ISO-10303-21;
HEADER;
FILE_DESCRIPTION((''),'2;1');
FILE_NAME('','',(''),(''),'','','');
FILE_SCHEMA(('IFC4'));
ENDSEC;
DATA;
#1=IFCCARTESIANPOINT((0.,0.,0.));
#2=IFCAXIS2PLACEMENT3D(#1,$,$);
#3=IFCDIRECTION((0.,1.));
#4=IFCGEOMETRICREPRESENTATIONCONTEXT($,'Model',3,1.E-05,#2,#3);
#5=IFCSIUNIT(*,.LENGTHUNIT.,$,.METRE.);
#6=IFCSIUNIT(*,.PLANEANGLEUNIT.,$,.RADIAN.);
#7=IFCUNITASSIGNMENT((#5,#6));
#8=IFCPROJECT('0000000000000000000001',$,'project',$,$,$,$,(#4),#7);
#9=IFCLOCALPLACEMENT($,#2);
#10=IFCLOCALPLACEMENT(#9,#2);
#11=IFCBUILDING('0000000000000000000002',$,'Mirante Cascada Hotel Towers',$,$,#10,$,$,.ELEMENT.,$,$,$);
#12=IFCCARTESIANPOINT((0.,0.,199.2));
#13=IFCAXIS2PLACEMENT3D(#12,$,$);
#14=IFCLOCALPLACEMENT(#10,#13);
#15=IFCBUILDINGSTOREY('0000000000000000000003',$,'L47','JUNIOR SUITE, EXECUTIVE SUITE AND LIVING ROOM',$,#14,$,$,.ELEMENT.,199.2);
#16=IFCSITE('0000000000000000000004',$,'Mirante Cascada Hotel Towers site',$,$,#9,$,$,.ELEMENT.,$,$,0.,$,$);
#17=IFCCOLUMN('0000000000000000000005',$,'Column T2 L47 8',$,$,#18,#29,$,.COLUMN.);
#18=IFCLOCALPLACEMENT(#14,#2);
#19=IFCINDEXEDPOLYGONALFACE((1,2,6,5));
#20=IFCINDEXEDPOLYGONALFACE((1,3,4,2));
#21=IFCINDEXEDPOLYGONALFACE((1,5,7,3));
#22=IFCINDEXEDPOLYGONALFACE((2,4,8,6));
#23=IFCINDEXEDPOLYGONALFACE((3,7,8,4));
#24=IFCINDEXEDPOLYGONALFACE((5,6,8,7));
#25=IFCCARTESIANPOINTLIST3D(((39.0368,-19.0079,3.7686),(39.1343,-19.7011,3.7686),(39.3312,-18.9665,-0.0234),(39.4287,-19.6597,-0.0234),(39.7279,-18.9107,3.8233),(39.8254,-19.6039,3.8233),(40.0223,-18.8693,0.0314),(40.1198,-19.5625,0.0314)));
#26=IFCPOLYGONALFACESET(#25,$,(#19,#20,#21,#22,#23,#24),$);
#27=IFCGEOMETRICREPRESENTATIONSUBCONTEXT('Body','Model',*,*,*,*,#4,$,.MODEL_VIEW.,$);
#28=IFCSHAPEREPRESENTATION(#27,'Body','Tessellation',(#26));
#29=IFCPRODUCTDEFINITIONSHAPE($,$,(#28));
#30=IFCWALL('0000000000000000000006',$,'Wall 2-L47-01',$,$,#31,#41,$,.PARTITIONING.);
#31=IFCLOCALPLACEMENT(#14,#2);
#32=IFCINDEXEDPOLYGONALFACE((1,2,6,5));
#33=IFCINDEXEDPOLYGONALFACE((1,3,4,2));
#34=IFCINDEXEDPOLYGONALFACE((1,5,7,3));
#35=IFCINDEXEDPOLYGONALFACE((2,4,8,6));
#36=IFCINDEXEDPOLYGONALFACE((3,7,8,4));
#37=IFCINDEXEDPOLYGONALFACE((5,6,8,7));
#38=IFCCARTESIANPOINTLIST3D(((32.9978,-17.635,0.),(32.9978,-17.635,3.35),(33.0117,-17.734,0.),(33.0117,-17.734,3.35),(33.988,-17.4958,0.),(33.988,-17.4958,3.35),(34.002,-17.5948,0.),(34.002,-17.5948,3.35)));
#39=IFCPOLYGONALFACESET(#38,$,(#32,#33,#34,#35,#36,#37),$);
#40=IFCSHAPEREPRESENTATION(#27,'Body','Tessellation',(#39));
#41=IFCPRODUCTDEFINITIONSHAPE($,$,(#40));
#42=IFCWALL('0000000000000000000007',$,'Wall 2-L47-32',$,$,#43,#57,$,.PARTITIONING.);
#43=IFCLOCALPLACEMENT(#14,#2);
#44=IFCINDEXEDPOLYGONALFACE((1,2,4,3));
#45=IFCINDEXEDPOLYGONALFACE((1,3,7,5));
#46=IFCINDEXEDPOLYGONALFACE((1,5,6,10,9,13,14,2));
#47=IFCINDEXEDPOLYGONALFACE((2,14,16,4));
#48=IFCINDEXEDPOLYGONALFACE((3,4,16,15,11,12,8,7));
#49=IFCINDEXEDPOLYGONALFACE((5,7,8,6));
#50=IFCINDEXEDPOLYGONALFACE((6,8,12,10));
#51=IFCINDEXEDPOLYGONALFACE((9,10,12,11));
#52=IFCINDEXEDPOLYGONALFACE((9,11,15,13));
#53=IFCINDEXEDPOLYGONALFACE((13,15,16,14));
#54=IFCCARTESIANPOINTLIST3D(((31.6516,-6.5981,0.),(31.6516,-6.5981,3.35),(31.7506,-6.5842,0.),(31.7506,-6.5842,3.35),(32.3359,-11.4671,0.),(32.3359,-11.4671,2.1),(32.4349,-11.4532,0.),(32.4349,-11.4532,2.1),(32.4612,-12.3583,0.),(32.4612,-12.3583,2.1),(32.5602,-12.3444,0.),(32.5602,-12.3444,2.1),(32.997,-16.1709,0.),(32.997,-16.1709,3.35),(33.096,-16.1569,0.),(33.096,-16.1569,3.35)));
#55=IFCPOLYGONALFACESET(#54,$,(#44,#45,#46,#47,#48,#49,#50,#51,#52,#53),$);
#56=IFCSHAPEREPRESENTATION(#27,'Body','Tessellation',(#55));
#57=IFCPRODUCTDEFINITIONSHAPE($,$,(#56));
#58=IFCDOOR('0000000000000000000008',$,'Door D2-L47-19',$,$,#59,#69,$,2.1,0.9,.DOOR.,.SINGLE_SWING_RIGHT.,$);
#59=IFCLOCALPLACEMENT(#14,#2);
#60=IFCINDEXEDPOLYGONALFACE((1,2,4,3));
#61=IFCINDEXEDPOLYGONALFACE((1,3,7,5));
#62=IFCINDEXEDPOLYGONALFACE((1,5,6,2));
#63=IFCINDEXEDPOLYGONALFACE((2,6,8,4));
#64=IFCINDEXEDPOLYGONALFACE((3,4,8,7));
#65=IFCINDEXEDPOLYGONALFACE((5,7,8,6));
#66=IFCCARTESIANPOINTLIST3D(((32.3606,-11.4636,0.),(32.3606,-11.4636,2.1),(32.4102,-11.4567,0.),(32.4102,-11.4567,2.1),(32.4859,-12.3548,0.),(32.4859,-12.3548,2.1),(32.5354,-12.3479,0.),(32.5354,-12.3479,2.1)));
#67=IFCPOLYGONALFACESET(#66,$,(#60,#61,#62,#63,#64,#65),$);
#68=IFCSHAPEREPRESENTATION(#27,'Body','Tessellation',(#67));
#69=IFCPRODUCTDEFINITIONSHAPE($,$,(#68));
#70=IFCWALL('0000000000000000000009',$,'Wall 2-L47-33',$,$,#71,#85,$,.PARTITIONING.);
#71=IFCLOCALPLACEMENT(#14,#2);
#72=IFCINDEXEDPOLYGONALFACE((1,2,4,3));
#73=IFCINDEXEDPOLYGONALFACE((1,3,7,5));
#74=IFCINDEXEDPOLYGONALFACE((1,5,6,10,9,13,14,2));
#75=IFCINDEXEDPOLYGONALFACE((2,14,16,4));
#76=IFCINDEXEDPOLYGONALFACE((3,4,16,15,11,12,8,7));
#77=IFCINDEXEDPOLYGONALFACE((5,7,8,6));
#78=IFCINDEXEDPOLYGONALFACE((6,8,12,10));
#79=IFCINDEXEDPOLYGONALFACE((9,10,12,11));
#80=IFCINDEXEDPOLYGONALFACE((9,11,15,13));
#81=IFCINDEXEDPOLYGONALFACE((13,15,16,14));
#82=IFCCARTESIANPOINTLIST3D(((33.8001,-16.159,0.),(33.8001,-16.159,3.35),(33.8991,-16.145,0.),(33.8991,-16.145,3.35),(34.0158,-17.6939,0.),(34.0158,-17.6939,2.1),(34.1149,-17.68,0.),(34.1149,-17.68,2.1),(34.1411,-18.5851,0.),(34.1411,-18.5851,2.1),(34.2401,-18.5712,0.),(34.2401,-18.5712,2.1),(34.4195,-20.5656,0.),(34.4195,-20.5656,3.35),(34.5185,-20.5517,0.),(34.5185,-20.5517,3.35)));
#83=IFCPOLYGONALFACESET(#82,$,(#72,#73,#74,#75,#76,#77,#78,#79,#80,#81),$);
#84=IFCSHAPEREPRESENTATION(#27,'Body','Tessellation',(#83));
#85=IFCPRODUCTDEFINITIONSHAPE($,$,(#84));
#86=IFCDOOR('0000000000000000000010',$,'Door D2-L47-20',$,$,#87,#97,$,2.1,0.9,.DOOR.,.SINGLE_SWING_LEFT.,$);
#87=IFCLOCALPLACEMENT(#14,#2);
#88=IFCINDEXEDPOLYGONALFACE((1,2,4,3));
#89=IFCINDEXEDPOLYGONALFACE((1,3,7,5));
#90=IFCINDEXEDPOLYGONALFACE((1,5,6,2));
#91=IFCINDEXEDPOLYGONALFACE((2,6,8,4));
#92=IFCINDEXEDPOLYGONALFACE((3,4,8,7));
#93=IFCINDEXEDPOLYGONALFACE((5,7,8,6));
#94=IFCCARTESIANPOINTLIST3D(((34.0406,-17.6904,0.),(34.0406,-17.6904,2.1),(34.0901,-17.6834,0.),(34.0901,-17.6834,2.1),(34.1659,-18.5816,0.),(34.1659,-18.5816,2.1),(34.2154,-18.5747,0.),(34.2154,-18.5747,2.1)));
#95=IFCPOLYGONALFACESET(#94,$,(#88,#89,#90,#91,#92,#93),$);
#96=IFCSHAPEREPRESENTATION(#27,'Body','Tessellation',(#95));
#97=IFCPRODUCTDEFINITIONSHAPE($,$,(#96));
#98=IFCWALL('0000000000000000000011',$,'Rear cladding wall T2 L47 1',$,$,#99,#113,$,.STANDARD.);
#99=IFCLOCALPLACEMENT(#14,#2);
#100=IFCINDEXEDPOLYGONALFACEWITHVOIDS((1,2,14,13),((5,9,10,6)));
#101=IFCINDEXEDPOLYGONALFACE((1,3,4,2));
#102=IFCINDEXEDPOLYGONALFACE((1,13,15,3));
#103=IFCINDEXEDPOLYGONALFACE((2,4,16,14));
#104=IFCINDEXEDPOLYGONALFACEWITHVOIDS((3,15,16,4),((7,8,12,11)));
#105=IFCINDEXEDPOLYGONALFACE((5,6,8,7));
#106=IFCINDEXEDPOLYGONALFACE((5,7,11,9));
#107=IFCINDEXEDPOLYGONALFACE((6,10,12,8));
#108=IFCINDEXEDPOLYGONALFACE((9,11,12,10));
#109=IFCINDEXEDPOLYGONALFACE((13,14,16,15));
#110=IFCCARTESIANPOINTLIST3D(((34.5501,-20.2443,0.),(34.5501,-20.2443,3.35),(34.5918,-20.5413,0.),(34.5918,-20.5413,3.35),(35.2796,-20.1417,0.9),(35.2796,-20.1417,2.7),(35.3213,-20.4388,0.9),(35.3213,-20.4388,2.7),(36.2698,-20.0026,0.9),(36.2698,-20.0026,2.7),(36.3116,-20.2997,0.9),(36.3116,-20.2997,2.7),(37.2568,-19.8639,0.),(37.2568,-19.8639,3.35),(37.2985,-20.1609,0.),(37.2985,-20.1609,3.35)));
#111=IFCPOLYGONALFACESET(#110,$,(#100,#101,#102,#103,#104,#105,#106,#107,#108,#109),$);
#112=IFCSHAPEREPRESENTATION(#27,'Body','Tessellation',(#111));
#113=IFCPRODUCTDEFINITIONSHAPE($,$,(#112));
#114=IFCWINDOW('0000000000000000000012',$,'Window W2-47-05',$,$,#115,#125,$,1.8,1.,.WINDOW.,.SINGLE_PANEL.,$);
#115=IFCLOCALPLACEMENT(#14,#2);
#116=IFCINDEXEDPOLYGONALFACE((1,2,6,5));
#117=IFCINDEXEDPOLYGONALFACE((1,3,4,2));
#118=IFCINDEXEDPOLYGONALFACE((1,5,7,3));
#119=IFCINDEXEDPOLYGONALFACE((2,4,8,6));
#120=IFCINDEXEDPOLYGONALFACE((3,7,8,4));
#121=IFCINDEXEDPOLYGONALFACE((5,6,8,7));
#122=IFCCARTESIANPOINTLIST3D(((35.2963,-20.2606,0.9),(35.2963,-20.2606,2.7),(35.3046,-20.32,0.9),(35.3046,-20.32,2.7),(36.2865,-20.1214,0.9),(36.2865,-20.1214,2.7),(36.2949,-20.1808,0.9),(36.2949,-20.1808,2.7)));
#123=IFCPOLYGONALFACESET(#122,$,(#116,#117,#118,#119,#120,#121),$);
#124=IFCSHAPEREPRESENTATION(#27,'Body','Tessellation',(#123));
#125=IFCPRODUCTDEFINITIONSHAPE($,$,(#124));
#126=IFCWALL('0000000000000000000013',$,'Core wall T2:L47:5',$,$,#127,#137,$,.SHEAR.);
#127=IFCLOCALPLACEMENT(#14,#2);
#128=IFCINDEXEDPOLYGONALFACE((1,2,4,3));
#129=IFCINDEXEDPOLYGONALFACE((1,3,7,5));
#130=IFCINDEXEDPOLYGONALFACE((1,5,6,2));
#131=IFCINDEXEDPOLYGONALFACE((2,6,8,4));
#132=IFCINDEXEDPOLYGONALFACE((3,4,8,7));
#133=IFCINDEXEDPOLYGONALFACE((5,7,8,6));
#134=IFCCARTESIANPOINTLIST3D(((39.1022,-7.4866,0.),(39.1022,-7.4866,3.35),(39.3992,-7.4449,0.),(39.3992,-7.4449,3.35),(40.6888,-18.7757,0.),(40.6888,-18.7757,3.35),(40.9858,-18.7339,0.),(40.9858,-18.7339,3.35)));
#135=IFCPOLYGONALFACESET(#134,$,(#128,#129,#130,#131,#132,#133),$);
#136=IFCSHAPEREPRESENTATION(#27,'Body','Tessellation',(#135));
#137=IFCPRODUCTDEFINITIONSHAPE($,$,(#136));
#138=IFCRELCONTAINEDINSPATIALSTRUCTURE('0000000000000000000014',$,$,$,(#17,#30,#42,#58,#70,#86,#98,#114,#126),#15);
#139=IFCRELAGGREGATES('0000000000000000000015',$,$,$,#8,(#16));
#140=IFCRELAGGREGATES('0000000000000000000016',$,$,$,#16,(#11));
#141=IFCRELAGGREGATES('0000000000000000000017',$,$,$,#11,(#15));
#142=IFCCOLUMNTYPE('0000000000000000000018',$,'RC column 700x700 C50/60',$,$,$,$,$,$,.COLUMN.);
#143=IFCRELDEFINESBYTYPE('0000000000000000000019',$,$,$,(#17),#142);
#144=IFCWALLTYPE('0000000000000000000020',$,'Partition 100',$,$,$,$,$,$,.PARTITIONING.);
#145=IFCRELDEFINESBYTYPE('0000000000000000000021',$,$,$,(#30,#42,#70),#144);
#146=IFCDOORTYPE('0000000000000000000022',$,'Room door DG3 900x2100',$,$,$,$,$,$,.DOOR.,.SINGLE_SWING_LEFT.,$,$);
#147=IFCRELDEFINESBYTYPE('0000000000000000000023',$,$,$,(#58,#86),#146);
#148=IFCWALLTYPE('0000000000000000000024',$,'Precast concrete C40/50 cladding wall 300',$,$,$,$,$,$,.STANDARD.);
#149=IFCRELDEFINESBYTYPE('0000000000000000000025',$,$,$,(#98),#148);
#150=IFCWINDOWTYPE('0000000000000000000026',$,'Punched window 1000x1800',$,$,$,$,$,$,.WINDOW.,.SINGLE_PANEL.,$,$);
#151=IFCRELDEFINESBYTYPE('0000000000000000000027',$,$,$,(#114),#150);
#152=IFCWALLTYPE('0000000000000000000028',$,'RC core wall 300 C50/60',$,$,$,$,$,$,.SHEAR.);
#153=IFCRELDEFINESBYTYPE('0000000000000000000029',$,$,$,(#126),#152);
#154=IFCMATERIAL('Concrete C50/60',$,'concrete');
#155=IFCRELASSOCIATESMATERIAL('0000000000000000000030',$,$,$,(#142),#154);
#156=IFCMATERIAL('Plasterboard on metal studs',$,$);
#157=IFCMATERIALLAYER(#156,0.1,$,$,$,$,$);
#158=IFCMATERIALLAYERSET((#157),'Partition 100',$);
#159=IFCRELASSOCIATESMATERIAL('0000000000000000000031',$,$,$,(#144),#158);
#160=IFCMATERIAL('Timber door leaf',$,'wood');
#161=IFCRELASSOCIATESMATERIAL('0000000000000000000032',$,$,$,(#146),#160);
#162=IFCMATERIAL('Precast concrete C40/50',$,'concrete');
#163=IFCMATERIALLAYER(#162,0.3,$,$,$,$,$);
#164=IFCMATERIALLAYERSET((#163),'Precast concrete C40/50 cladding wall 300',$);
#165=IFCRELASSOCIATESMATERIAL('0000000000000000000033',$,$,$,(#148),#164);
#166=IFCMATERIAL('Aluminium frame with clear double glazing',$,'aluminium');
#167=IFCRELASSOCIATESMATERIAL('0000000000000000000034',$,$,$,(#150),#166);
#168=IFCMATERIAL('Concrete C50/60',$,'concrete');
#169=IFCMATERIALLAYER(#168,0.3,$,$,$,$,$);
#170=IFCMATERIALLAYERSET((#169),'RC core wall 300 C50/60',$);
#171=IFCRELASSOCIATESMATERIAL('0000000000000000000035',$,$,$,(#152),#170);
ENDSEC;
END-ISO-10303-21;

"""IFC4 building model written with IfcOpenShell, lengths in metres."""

from ifc_helpers import new_model, si_unit, direction, frame, frame_2d, origin, origin_2d, place, context, subcontext, project, spatial, rectangle, extrude, material, layer, layer_set, material_profile, profile_set, type_object, element, fill, save


model = new_model("IFC4")

# Units and contexts
model_context = context("Model", 3, precision=1e-05, world=origin(), true_north=direction((0.0, 1.0)))
body_context = subcontext(model_context, "Body", "Model", "MODEL_VIEW")
ifc_project = project(units=[si_unit("LENGTHUNIT", "METRE"), si_unit("PLANEANGLEUNIT", "RADIAN")], contexts=[model_context])

# Site, building, storey
site_placement = place(None, origin())
site = spatial("IfcSite", under=ifc_project, at=site_placement, Name="Mirante Cascada Hotel Towers site", CompositionType="ELEMENT", RefElevation=0.0)
building_placement = place(site_placement, origin())
building = spatial("IfcBuilding", under=site, at=building_placement, Name="Mirante Cascada Hotel Towers", CompositionType="ELEMENT")
storey_placement = place(building_placement, frame((0.0, 0.0, 199.2)))
storey = spatial("IfcBuildingStorey", under=building, at=storey_placement, Name="L47", Description="JUNIOR SUITE, EXECUTIVE SUITE AND LIVING ROOM", CompositionType="ELEMENT", Elevation=199.2)

# Column
ifc_material_1 = material(Name="Concrete C50/60", Category="concrete")
ifc_material_profile = material_profile(ifc_material_1, rectangle(XDim=0.7, YDim=0.7, at=origin_2d()), Name="RC column 700x700 C50/60")
ifc_profile_set = profile_set([ifc_material_profile], Name="Concrete C50/60")
column_type = type_object("IfcColumnType", Name="RC column 700x700 C50/60", PredefinedType="COLUMN", material=ifc_profile_set)
column_placement = place(storey_placement, frame((39.7255, -19.2645, 0.004), z_axis=(-0.0774, -0.010884, 0.996941), x_axis=(0.139255, -0.990257, 0.0)))
element("IfcColumn", 1, at=column_placement, inside=storey, type_object=column_type, Name="Column T2 L47 8", PredefinedType="COLUMN", context=body_context, shape_type="SweptSolid", body=[
    extrude(rectangle(XDim=0.7, YDim=0.7, at=origin_2d()), origin(), (0.0, 0.0, 1.0), 3.8036),
])

# Wall
ifc_material_2 = material(Name="Plasterboard on metal studs")
ifc_layer_1 = layer(ifc_material_2, 0.1)
ifc_layer_set_1 = layer_set([ifc_layer_1], Name="Partition 100")
wall_type_1 = type_object("IfcWallType", Name="Partition 100", PredefinedType="PARTITIONING", material=ifc_layer_set_1)
wall_1_placement = place(storey_placement, frame((33.995, -17.5453, 0.0), z_axis=(0.0, 0.0, 1.0), x_axis=(-0.990265, -0.139195, 0.0)))
element("IfcWall", 2, at=wall_1_placement, inside=storey, type_object=wall_type_1, Name="Wall 2-L47-01", PredefinedType="PARTITIONING", context=body_context, shape_type="SweptSolid", body=[
    extrude(rectangle(XDim=1.0, YDim=0.1, at=frame_2d((0.5, 0.0))), origin(), (0.0, 0.0, 1.0), 3.35),
])

# Walls, openings, doors
wall_2_placement = place(storey_placement, frame((33.0465, -16.1639, 0.0), z_axis=(0.0, 0.0, 1.0), x_axis=(-0.139178, 0.990267, 0.0)))
wall_2 = element("IfcWall", 3, at=wall_2_placement, inside=storey, type_object=wall_type_1, Name="Wall 2-L47-32", PredefinedType="PARTITIONING", context=body_context, shape_type="SweptSolid", body=[
    extrude(rectangle(XDim=9.6668, YDim=0.1, at=frame_2d((4.8334, 0.0))), origin(), (0.0, 0.0, 1.0), 3.35),
])
opening_1_placement = place(wall_2_placement, frame((3.85, 0.0, 0.0)))
opening_1 = element("IfcOpeningElement", 4, at=opening_1_placement, cuts=wall_2, PredefinedType="OPENING", context=body_context, shape_type="SweptSolid", body=[
    extrude(rectangle(XDim=0.9, YDim=2.1, at=frame_2d((0.45, 1.05))), frame((0.0, 0.05, 0.0), z_axis=(0.0, -1.0, 0.0), x_axis=(1.0, 0.0, 0.0)), (0.0, 0.0, 1.0), 0.1),
])
ifc_material_3 = material(Name="Timber door leaf", Category="wood")
door_type_1 = type_object("IfcDoorType", Name="Room door DG3 900x2100", OperationType="SINGLE_SWING_LEFT", PredefinedType="DOOR", material=ifc_material_3)
door_1_placement = place(opening_1_placement, frame((0.9, 0.0, 0.0), z_axis=(0.0, 0.0, 1.0), x_axis=(-1.0, 0.0, 0.0)))
door_1 = element("IfcDoor", 5, at=door_1_placement, inside=storey, type_object=door_type_1, Name="Door D2-L47-19", OperationType="SINGLE_SWING_RIGHT", OverallHeight=2.1, OverallWidth=0.9, PredefinedType="DOOR", context=body_context, shape_type="SweptSolid", body=[
    extrude(rectangle(XDim=0.9, YDim=2.1, at=frame_2d((0.45, 1.05))), frame((0.0, 0.025, 0.0), z_axis=(0.0, -1.0, 0.0), x_axis=(1.0, 0.0, 0.0)), (0.0, 0.0, 1.0), 0.05),
])
fill(opening_1, door_1)
wall_3_placement = place(storey_placement, frame((33.8496, -16.152, 0.0), z_axis=(0.0, 0.0, 1.0), x_axis=(0.13919, -0.990266, 0.0)))
wall_3 = element("IfcWall", 6, at=wall_3_placement, inside=storey, type_object=wall_type_1, Name="Wall 2-L47-33", PredefinedType="PARTITIONING", context=body_context, shape_type="SweptSolid", body=[
    extrude(rectangle(XDim=4.45, YDim=0.1, at=frame_2d((2.225, 0.0))), origin(), (0.0, 0.0, 1.0), 3.35),
])
opening_2_placement = place(wall_3_placement, frame((1.55, 0.0, 0.0)))
opening_2 = element("IfcOpeningElement", 7, at=opening_2_placement, cuts=wall_3, PredefinedType="OPENING", context=body_context, shape_type="SweptSolid", body=[
    extrude(rectangle(XDim=0.9, YDim=2.1, at=frame_2d((0.45, 1.05))), frame((0.0, 0.05, 0.0), z_axis=(0.0, -1.0, 0.0), x_axis=(1.0, 0.0, 0.0)), (0.0, 0.0, 1.0), 0.1),
])
door_2_placement = place(opening_2_placement, origin())
door_2 = element("IfcDoor", 8, at=door_2_placement, inside=storey, type_object=door_type_1, Name="Door D2-L47-20", OperationType="SINGLE_SWING_LEFT", OverallHeight=2.1, OverallWidth=0.9, PredefinedType="DOOR", context=body_context, shape_type="SweptSolid", body=[
    extrude(rectangle(XDim=0.9, YDim=2.1, at=frame_2d((0.45, 1.05))), frame((0.0, 0.025, 0.0), z_axis=(0.0, -1.0, 0.0), x_axis=(1.0, 0.0, 0.0)), (0.0, 0.0, 1.0), 0.05),
])
fill(opening_2, door_2)

# Wall, opening, window
ifc_material_4 = material(Name="Precast concrete C40/50", Category="concrete")
ifc_layer_2 = layer(ifc_material_4, 0.3)
ifc_layer_set_2 = layer_set([ifc_layer_2], Name="Precast concrete C40/50 cladding wall 300")
wall_type_2 = type_object("IfcWallType", Name="Precast concrete C40/50 cladding wall 300", PredefinedType="STANDARD", material=ifc_layer_set_2)
wall_4_placement = place(storey_placement, frame((34.571, -20.3928, 0.0), z_axis=(0.0, 0.0, 1.0), x_axis=(0.990268, 0.139172, 0.0)))
wall_4 = element("IfcWall", 9, at=wall_4_placement, inside=storey, type_object=wall_type_2, Name="Rear cladding wall T2 L47 1", PredefinedType="STANDARD", context=body_context, shape_type="SweptSolid", body=[
    extrude(rectangle(XDim=2.7333, YDim=0.3, at=frame_2d((1.3666, 0.0))), origin(), (0.0, 0.0, 1.0), 3.35),
])
opening_3_placement = place(wall_4_placement, frame((0.7366, 0.0, 0.9)))
opening_3 = element("IfcOpeningElement", 10, at=opening_3_placement, cuts=wall_4, PredefinedType="OPENING", context=body_context, shape_type="SweptSolid", body=[
    extrude(rectangle(XDim=1.0, YDim=1.8, at=frame_2d((0.5, 0.9))), frame((0.0, 0.15, 0.0), z_axis=(0.0, -1.0, 0.0), x_axis=(1.0, 0.0, 0.0)), (0.0, 0.0, 1.0), 0.3),
])
ifc_material_5 = material(Name="Aluminium frame with clear double glazing", Category="aluminium")
window_type = type_object("IfcWindowType", Name="Punched window 1000x1800", PartitioningType="SINGLE_PANEL", PredefinedType="WINDOW", material=ifc_material_5)
window_placement = place(opening_3_placement, origin())
window = element("IfcWindow", 11, at=window_placement, inside=storey, type_object=window_type, Name="Window W2-47-05", OverallHeight=1.8, OverallWidth=1.0, PartitioningType="SINGLE_PANEL", PredefinedType="WINDOW", context=body_context, shape_type="SweptSolid", body=[
    extrude(rectangle(XDim=1.0, YDim=1.8, at=frame_2d((0.5, 0.9))), frame((0.0, 0.03, 0.0), z_axis=(0.0, -1.0, 0.0), x_axis=(1.0, 0.0, 0.0)), (0.0, 0.0, 1.0), 0.06),
])
fill(opening_3, window)

# Wall
ifc_material_6 = material(Name="Concrete C50/60", Category="concrete")
ifc_layer_3 = layer(ifc_material_6, 0.3)
ifc_layer_set_3 = layer_set([ifc_layer_3], Name="RC core wall 300 C50/60")
wall_type_3 = type_object("IfcWallType", Name="RC core wall 300 C50/60", PredefinedType="SHEAR", material=ifc_layer_set_3)
wall_5_placement = place(storey_placement, frame((40.8373, -18.7548, 0.0), z_axis=(0.0, 0.0, 1.0), x_axis=(-0.139175, 0.990268, 0.0)))
element("IfcWall", 12, at=wall_5_placement, inside=storey, type_object=wall_type_3, Name="Core wall T2:L47:5", PredefinedType="SHEAR", context=body_context, shape_type="SweptSolid", body=[
    extrude(rectangle(XDim=11.4, YDim=0.3, at=frame_2d((5.7, 0.0))), origin(), (0.0, 0.0, 1.0), 3.35),
])

save(model, "model.ifc")
